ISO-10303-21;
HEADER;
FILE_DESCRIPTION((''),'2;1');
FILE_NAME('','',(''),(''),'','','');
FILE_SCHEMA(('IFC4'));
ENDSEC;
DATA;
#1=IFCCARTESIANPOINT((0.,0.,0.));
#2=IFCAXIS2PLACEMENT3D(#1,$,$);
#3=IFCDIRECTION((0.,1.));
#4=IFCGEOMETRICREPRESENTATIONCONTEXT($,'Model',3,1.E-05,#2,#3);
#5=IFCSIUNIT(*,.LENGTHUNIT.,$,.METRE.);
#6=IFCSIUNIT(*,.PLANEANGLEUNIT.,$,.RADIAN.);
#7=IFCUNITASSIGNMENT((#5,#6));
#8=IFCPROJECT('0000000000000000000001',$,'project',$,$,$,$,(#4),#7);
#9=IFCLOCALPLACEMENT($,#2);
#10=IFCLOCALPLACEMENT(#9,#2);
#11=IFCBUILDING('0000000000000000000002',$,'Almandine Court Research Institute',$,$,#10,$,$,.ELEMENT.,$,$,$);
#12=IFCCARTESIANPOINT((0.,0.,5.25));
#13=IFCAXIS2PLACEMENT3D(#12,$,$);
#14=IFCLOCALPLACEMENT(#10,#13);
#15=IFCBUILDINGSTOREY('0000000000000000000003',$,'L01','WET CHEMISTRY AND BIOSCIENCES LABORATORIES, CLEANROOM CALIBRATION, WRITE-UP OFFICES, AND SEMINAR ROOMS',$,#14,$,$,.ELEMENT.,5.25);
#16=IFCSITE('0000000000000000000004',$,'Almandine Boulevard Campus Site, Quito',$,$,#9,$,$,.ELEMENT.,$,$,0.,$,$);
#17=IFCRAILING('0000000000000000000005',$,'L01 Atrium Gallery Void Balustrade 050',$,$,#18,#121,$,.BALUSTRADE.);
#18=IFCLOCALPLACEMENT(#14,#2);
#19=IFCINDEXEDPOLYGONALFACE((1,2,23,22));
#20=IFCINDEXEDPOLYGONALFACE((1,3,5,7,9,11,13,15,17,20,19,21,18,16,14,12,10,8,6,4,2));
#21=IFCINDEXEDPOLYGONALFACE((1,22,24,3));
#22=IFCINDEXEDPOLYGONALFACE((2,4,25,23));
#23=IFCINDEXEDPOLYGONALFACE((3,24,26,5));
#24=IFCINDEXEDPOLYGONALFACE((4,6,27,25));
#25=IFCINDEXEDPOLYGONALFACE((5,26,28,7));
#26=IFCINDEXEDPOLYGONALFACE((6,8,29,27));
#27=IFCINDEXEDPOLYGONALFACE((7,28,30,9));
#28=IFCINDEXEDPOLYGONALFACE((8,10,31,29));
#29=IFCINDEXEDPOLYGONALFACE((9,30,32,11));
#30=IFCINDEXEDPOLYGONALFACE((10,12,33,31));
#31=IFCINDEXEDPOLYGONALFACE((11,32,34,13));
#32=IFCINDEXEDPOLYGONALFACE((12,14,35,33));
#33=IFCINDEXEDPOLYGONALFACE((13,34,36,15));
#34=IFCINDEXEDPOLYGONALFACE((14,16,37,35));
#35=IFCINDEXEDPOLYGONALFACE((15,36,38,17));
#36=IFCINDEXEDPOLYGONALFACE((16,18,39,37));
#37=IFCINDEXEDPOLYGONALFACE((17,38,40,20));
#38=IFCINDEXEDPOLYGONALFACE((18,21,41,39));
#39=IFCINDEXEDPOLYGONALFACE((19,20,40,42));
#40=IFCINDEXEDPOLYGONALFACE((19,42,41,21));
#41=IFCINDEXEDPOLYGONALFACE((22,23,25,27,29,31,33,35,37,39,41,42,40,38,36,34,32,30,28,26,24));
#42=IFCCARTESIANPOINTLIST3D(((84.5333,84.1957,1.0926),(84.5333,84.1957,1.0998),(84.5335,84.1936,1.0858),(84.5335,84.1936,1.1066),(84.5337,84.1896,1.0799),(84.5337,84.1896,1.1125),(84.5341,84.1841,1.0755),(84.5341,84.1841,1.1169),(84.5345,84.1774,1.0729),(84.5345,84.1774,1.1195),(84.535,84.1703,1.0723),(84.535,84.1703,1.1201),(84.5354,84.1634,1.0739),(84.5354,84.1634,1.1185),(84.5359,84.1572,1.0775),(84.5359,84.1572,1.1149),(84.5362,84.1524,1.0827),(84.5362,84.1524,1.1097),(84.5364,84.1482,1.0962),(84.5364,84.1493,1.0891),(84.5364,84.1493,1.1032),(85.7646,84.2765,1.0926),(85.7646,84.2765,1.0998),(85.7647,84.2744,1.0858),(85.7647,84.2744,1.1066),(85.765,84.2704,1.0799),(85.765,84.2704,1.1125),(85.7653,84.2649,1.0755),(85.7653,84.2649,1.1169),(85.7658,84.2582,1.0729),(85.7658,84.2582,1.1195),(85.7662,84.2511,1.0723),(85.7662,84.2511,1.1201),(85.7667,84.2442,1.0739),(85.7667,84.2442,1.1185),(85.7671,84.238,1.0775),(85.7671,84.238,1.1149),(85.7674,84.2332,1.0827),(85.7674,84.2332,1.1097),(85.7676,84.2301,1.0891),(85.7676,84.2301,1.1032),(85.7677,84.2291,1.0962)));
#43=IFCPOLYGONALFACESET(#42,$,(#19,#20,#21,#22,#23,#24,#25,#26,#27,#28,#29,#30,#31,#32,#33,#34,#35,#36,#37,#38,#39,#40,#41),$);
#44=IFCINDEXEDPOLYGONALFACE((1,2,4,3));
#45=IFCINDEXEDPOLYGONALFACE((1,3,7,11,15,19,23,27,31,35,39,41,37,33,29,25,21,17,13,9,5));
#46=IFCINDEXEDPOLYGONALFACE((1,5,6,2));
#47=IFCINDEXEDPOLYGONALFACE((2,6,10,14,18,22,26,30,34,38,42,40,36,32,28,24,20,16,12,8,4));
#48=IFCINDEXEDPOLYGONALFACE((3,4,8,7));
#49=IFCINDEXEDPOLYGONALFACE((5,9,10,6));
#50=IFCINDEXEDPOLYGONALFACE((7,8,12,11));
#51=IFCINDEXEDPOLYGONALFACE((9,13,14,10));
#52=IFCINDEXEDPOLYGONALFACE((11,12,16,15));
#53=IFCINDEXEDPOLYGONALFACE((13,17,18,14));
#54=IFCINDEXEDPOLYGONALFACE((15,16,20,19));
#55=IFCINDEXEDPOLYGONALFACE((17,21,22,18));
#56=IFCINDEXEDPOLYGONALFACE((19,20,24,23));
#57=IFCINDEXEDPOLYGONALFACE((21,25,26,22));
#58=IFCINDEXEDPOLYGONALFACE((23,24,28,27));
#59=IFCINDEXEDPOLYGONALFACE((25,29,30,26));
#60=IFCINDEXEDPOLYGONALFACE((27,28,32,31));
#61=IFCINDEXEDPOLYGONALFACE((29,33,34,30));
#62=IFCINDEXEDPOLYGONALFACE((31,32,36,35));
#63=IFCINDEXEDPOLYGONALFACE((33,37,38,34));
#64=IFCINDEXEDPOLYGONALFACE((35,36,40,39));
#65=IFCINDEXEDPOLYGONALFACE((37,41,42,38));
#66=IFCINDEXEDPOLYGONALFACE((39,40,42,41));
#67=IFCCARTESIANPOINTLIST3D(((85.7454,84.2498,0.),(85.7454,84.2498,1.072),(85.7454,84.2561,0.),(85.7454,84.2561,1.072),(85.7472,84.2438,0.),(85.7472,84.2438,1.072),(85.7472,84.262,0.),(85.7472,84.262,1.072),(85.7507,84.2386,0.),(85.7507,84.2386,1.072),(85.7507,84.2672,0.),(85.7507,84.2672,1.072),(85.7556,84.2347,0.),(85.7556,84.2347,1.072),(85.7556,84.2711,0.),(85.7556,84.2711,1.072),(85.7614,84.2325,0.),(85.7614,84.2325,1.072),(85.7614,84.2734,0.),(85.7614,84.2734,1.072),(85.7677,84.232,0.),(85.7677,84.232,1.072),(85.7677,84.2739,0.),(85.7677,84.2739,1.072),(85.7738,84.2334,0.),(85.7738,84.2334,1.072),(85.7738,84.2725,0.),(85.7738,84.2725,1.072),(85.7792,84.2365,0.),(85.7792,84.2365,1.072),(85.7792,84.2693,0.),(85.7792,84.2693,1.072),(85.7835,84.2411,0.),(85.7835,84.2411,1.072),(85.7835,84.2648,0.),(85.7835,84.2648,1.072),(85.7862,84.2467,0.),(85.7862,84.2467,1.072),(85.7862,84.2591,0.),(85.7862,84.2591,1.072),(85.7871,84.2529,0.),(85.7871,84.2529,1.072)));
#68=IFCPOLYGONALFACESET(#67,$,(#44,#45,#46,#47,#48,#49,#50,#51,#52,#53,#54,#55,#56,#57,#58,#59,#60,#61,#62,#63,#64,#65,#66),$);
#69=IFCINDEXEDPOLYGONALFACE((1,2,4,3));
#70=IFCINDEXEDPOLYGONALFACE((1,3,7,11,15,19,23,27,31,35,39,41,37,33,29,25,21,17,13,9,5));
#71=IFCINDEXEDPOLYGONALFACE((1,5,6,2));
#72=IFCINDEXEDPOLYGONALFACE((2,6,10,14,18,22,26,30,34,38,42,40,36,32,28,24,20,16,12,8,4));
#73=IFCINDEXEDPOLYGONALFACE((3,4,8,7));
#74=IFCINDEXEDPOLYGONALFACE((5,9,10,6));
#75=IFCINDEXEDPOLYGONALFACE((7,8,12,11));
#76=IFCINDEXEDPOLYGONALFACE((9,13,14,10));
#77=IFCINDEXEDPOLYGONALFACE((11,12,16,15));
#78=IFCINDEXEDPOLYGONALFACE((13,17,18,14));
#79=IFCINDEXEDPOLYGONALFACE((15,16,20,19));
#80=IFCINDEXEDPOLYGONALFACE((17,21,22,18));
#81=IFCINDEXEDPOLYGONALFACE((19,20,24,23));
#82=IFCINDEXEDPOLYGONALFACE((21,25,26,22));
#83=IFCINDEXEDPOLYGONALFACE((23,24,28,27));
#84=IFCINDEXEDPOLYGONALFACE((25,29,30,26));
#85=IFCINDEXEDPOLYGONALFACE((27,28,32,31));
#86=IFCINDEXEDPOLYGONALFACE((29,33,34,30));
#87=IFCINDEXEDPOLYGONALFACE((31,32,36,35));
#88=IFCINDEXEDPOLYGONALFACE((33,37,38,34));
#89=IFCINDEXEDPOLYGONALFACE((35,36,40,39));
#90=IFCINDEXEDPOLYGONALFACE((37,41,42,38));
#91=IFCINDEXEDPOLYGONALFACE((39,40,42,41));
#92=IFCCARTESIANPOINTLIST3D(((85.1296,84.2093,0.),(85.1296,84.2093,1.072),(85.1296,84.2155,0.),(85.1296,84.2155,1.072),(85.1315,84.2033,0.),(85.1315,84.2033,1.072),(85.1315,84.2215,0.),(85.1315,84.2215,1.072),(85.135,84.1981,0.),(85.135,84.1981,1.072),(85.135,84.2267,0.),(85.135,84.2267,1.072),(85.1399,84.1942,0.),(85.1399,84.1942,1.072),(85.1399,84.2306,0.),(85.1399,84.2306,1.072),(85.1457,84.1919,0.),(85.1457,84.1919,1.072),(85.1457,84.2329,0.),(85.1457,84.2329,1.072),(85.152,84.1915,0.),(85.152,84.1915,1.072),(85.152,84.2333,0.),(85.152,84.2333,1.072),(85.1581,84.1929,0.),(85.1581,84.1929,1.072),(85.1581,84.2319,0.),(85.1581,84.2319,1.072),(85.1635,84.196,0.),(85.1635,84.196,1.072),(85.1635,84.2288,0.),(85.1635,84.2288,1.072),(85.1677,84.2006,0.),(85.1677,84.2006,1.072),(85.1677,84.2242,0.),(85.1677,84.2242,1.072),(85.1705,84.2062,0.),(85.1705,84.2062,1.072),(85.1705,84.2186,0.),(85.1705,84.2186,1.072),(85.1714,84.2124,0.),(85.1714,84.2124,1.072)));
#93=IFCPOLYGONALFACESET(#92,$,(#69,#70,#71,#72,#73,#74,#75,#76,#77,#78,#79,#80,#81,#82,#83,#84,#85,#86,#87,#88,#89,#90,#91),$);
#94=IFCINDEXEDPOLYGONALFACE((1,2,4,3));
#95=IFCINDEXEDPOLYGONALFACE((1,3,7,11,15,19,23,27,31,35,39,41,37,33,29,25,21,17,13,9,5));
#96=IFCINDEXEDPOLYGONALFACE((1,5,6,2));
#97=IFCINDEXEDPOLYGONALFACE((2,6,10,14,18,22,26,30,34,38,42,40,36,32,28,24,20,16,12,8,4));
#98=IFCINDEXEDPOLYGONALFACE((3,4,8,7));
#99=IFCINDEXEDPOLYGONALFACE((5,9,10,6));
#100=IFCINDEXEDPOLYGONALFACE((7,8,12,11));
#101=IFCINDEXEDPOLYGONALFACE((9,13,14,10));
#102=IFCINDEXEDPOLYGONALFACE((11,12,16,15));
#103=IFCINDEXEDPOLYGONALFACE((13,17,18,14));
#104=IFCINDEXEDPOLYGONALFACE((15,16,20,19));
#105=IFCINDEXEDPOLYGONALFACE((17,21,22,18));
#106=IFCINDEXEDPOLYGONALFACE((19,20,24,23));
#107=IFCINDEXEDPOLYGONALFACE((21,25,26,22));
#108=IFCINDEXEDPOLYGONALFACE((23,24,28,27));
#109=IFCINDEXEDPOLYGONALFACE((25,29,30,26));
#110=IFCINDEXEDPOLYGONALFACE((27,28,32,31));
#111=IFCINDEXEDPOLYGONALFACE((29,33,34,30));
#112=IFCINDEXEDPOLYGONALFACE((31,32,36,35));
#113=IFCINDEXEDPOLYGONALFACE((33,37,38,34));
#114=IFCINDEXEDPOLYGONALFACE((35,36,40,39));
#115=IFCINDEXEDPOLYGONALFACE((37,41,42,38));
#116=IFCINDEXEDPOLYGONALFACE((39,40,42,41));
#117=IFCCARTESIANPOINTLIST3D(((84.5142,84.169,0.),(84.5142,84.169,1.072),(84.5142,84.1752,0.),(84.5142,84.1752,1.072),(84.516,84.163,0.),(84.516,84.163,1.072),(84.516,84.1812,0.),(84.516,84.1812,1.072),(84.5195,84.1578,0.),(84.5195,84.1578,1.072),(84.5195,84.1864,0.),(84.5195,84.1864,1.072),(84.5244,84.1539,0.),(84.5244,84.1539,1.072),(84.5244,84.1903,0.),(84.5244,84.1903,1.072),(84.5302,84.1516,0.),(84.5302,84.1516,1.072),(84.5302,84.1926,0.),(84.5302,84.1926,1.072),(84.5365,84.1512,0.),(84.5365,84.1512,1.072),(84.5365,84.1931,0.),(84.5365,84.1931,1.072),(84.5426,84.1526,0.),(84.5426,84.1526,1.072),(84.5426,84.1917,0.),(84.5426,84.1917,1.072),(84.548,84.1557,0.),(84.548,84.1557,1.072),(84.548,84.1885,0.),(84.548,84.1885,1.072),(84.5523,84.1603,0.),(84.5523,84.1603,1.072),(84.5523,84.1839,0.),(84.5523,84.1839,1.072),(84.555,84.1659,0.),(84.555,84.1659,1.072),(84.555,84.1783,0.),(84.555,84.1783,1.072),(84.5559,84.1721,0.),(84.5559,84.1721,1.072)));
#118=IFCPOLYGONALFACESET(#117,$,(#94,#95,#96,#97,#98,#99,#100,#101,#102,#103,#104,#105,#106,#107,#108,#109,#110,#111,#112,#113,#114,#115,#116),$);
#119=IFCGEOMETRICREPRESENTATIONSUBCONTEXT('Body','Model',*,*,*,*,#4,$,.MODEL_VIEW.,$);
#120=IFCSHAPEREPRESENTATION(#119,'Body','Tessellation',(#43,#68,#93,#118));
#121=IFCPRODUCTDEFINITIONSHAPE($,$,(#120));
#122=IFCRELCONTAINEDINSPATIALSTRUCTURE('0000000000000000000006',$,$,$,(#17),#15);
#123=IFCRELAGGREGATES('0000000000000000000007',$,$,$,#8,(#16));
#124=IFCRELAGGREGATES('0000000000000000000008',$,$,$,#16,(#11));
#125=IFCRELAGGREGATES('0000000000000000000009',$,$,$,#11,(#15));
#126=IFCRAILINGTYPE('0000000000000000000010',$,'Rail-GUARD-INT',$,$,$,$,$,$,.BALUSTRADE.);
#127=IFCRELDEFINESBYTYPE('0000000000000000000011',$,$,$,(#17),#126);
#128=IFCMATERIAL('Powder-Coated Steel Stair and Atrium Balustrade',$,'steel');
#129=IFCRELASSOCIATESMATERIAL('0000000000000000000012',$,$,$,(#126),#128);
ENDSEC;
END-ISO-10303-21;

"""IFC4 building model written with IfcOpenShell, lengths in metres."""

from ifc_helpers import new_model, si_unit, direction, frame, origin, origin_2d, place, context, subcontext, project, spatial, circle, extrude, material, type_object, element, save


model = new_model("IFC4")

# Units and contexts
model_context = context("Model", 3, precision=1e-05, world=origin(), true_north=direction((0.0, 1.0)))
body_context = subcontext(model_context, "Body", "Model", "MODEL_VIEW")
ifc_project = project(units=[si_unit("LENGTHUNIT", "METRE"), si_unit("PLANEANGLEUNIT", "RADIAN")], contexts=[model_context])

# Site, building, storey
site_placement = place(None, origin())
site = spatial("IfcSite", under=ifc_project, at=site_placement, Name="Almandine Boulevard Campus Site, Quito", CompositionType="ELEMENT", RefElevation=0.0)
building_placement = place(site_placement, origin())
building = spatial("IfcBuilding", under=site, at=building_placement, Name="Almandine Court Research Institute", CompositionType="ELEMENT")
storey_placement = place(building_placement, frame((0.0, 0.0, 5.25)))
storey = spatial("IfcBuildingStorey", under=building, at=storey_placement, Name="L01", Description="WET CHEMISTRY AND BIOSCIENCES LABORATORIES, CLEANROOM CALIBRATION, WRITE-UP OFFICES, AND SEMINAR ROOMS", CompositionType="ELEMENT", Elevation=5.25)

# Railing
ifc_material_1 = material(Name="Powder-Coated Steel Stair and Atrium Balustrade", Category="steel")
railing_type = type_object("IfcRailingType", Name="Rail-GUARD-INT", PredefinedType="BALUSTRADE", material=ifc_material_1)
railing_1_placement = place(storey_placement, frame((85.7661, 84.2529, 0.0)))
element("IfcRailing", 1, at=railing_1_placement, inside=storey, type_object=railing_type, Name="L01 Atrium Gallery Void Balustrade 050", PredefinedType="BALUSTRADE", context=body_context, shape_type="SweptSolid", body=[
    extrude(circle(Radius=0.0239, at=origin_2d()), frame((0.0, 0.0, 1.0962), z_axis=(-0.997853, -0.065495, 0.0), x_axis=(0.065495, -0.997853, 0.0)), (0.0, 0.0, 1.0), 1.2339),
    extrude(circle(Radius=0.021, at=origin_2d()), origin(), (0.0, 0.0, 1.0), 1.072),
    extrude(circle(Radius=0.021, at=origin_2d()), frame((-0.6157, -0.0405, 0.0)), (0.0, 0.0, 1.0), 1.072),
    extrude(circle(Radius=0.021, at=origin_2d()), frame((-1.2312, -0.0808, 0.0)), (0.0, 0.0, 1.0), 1.072),
])

save(model, "model.ifc")
